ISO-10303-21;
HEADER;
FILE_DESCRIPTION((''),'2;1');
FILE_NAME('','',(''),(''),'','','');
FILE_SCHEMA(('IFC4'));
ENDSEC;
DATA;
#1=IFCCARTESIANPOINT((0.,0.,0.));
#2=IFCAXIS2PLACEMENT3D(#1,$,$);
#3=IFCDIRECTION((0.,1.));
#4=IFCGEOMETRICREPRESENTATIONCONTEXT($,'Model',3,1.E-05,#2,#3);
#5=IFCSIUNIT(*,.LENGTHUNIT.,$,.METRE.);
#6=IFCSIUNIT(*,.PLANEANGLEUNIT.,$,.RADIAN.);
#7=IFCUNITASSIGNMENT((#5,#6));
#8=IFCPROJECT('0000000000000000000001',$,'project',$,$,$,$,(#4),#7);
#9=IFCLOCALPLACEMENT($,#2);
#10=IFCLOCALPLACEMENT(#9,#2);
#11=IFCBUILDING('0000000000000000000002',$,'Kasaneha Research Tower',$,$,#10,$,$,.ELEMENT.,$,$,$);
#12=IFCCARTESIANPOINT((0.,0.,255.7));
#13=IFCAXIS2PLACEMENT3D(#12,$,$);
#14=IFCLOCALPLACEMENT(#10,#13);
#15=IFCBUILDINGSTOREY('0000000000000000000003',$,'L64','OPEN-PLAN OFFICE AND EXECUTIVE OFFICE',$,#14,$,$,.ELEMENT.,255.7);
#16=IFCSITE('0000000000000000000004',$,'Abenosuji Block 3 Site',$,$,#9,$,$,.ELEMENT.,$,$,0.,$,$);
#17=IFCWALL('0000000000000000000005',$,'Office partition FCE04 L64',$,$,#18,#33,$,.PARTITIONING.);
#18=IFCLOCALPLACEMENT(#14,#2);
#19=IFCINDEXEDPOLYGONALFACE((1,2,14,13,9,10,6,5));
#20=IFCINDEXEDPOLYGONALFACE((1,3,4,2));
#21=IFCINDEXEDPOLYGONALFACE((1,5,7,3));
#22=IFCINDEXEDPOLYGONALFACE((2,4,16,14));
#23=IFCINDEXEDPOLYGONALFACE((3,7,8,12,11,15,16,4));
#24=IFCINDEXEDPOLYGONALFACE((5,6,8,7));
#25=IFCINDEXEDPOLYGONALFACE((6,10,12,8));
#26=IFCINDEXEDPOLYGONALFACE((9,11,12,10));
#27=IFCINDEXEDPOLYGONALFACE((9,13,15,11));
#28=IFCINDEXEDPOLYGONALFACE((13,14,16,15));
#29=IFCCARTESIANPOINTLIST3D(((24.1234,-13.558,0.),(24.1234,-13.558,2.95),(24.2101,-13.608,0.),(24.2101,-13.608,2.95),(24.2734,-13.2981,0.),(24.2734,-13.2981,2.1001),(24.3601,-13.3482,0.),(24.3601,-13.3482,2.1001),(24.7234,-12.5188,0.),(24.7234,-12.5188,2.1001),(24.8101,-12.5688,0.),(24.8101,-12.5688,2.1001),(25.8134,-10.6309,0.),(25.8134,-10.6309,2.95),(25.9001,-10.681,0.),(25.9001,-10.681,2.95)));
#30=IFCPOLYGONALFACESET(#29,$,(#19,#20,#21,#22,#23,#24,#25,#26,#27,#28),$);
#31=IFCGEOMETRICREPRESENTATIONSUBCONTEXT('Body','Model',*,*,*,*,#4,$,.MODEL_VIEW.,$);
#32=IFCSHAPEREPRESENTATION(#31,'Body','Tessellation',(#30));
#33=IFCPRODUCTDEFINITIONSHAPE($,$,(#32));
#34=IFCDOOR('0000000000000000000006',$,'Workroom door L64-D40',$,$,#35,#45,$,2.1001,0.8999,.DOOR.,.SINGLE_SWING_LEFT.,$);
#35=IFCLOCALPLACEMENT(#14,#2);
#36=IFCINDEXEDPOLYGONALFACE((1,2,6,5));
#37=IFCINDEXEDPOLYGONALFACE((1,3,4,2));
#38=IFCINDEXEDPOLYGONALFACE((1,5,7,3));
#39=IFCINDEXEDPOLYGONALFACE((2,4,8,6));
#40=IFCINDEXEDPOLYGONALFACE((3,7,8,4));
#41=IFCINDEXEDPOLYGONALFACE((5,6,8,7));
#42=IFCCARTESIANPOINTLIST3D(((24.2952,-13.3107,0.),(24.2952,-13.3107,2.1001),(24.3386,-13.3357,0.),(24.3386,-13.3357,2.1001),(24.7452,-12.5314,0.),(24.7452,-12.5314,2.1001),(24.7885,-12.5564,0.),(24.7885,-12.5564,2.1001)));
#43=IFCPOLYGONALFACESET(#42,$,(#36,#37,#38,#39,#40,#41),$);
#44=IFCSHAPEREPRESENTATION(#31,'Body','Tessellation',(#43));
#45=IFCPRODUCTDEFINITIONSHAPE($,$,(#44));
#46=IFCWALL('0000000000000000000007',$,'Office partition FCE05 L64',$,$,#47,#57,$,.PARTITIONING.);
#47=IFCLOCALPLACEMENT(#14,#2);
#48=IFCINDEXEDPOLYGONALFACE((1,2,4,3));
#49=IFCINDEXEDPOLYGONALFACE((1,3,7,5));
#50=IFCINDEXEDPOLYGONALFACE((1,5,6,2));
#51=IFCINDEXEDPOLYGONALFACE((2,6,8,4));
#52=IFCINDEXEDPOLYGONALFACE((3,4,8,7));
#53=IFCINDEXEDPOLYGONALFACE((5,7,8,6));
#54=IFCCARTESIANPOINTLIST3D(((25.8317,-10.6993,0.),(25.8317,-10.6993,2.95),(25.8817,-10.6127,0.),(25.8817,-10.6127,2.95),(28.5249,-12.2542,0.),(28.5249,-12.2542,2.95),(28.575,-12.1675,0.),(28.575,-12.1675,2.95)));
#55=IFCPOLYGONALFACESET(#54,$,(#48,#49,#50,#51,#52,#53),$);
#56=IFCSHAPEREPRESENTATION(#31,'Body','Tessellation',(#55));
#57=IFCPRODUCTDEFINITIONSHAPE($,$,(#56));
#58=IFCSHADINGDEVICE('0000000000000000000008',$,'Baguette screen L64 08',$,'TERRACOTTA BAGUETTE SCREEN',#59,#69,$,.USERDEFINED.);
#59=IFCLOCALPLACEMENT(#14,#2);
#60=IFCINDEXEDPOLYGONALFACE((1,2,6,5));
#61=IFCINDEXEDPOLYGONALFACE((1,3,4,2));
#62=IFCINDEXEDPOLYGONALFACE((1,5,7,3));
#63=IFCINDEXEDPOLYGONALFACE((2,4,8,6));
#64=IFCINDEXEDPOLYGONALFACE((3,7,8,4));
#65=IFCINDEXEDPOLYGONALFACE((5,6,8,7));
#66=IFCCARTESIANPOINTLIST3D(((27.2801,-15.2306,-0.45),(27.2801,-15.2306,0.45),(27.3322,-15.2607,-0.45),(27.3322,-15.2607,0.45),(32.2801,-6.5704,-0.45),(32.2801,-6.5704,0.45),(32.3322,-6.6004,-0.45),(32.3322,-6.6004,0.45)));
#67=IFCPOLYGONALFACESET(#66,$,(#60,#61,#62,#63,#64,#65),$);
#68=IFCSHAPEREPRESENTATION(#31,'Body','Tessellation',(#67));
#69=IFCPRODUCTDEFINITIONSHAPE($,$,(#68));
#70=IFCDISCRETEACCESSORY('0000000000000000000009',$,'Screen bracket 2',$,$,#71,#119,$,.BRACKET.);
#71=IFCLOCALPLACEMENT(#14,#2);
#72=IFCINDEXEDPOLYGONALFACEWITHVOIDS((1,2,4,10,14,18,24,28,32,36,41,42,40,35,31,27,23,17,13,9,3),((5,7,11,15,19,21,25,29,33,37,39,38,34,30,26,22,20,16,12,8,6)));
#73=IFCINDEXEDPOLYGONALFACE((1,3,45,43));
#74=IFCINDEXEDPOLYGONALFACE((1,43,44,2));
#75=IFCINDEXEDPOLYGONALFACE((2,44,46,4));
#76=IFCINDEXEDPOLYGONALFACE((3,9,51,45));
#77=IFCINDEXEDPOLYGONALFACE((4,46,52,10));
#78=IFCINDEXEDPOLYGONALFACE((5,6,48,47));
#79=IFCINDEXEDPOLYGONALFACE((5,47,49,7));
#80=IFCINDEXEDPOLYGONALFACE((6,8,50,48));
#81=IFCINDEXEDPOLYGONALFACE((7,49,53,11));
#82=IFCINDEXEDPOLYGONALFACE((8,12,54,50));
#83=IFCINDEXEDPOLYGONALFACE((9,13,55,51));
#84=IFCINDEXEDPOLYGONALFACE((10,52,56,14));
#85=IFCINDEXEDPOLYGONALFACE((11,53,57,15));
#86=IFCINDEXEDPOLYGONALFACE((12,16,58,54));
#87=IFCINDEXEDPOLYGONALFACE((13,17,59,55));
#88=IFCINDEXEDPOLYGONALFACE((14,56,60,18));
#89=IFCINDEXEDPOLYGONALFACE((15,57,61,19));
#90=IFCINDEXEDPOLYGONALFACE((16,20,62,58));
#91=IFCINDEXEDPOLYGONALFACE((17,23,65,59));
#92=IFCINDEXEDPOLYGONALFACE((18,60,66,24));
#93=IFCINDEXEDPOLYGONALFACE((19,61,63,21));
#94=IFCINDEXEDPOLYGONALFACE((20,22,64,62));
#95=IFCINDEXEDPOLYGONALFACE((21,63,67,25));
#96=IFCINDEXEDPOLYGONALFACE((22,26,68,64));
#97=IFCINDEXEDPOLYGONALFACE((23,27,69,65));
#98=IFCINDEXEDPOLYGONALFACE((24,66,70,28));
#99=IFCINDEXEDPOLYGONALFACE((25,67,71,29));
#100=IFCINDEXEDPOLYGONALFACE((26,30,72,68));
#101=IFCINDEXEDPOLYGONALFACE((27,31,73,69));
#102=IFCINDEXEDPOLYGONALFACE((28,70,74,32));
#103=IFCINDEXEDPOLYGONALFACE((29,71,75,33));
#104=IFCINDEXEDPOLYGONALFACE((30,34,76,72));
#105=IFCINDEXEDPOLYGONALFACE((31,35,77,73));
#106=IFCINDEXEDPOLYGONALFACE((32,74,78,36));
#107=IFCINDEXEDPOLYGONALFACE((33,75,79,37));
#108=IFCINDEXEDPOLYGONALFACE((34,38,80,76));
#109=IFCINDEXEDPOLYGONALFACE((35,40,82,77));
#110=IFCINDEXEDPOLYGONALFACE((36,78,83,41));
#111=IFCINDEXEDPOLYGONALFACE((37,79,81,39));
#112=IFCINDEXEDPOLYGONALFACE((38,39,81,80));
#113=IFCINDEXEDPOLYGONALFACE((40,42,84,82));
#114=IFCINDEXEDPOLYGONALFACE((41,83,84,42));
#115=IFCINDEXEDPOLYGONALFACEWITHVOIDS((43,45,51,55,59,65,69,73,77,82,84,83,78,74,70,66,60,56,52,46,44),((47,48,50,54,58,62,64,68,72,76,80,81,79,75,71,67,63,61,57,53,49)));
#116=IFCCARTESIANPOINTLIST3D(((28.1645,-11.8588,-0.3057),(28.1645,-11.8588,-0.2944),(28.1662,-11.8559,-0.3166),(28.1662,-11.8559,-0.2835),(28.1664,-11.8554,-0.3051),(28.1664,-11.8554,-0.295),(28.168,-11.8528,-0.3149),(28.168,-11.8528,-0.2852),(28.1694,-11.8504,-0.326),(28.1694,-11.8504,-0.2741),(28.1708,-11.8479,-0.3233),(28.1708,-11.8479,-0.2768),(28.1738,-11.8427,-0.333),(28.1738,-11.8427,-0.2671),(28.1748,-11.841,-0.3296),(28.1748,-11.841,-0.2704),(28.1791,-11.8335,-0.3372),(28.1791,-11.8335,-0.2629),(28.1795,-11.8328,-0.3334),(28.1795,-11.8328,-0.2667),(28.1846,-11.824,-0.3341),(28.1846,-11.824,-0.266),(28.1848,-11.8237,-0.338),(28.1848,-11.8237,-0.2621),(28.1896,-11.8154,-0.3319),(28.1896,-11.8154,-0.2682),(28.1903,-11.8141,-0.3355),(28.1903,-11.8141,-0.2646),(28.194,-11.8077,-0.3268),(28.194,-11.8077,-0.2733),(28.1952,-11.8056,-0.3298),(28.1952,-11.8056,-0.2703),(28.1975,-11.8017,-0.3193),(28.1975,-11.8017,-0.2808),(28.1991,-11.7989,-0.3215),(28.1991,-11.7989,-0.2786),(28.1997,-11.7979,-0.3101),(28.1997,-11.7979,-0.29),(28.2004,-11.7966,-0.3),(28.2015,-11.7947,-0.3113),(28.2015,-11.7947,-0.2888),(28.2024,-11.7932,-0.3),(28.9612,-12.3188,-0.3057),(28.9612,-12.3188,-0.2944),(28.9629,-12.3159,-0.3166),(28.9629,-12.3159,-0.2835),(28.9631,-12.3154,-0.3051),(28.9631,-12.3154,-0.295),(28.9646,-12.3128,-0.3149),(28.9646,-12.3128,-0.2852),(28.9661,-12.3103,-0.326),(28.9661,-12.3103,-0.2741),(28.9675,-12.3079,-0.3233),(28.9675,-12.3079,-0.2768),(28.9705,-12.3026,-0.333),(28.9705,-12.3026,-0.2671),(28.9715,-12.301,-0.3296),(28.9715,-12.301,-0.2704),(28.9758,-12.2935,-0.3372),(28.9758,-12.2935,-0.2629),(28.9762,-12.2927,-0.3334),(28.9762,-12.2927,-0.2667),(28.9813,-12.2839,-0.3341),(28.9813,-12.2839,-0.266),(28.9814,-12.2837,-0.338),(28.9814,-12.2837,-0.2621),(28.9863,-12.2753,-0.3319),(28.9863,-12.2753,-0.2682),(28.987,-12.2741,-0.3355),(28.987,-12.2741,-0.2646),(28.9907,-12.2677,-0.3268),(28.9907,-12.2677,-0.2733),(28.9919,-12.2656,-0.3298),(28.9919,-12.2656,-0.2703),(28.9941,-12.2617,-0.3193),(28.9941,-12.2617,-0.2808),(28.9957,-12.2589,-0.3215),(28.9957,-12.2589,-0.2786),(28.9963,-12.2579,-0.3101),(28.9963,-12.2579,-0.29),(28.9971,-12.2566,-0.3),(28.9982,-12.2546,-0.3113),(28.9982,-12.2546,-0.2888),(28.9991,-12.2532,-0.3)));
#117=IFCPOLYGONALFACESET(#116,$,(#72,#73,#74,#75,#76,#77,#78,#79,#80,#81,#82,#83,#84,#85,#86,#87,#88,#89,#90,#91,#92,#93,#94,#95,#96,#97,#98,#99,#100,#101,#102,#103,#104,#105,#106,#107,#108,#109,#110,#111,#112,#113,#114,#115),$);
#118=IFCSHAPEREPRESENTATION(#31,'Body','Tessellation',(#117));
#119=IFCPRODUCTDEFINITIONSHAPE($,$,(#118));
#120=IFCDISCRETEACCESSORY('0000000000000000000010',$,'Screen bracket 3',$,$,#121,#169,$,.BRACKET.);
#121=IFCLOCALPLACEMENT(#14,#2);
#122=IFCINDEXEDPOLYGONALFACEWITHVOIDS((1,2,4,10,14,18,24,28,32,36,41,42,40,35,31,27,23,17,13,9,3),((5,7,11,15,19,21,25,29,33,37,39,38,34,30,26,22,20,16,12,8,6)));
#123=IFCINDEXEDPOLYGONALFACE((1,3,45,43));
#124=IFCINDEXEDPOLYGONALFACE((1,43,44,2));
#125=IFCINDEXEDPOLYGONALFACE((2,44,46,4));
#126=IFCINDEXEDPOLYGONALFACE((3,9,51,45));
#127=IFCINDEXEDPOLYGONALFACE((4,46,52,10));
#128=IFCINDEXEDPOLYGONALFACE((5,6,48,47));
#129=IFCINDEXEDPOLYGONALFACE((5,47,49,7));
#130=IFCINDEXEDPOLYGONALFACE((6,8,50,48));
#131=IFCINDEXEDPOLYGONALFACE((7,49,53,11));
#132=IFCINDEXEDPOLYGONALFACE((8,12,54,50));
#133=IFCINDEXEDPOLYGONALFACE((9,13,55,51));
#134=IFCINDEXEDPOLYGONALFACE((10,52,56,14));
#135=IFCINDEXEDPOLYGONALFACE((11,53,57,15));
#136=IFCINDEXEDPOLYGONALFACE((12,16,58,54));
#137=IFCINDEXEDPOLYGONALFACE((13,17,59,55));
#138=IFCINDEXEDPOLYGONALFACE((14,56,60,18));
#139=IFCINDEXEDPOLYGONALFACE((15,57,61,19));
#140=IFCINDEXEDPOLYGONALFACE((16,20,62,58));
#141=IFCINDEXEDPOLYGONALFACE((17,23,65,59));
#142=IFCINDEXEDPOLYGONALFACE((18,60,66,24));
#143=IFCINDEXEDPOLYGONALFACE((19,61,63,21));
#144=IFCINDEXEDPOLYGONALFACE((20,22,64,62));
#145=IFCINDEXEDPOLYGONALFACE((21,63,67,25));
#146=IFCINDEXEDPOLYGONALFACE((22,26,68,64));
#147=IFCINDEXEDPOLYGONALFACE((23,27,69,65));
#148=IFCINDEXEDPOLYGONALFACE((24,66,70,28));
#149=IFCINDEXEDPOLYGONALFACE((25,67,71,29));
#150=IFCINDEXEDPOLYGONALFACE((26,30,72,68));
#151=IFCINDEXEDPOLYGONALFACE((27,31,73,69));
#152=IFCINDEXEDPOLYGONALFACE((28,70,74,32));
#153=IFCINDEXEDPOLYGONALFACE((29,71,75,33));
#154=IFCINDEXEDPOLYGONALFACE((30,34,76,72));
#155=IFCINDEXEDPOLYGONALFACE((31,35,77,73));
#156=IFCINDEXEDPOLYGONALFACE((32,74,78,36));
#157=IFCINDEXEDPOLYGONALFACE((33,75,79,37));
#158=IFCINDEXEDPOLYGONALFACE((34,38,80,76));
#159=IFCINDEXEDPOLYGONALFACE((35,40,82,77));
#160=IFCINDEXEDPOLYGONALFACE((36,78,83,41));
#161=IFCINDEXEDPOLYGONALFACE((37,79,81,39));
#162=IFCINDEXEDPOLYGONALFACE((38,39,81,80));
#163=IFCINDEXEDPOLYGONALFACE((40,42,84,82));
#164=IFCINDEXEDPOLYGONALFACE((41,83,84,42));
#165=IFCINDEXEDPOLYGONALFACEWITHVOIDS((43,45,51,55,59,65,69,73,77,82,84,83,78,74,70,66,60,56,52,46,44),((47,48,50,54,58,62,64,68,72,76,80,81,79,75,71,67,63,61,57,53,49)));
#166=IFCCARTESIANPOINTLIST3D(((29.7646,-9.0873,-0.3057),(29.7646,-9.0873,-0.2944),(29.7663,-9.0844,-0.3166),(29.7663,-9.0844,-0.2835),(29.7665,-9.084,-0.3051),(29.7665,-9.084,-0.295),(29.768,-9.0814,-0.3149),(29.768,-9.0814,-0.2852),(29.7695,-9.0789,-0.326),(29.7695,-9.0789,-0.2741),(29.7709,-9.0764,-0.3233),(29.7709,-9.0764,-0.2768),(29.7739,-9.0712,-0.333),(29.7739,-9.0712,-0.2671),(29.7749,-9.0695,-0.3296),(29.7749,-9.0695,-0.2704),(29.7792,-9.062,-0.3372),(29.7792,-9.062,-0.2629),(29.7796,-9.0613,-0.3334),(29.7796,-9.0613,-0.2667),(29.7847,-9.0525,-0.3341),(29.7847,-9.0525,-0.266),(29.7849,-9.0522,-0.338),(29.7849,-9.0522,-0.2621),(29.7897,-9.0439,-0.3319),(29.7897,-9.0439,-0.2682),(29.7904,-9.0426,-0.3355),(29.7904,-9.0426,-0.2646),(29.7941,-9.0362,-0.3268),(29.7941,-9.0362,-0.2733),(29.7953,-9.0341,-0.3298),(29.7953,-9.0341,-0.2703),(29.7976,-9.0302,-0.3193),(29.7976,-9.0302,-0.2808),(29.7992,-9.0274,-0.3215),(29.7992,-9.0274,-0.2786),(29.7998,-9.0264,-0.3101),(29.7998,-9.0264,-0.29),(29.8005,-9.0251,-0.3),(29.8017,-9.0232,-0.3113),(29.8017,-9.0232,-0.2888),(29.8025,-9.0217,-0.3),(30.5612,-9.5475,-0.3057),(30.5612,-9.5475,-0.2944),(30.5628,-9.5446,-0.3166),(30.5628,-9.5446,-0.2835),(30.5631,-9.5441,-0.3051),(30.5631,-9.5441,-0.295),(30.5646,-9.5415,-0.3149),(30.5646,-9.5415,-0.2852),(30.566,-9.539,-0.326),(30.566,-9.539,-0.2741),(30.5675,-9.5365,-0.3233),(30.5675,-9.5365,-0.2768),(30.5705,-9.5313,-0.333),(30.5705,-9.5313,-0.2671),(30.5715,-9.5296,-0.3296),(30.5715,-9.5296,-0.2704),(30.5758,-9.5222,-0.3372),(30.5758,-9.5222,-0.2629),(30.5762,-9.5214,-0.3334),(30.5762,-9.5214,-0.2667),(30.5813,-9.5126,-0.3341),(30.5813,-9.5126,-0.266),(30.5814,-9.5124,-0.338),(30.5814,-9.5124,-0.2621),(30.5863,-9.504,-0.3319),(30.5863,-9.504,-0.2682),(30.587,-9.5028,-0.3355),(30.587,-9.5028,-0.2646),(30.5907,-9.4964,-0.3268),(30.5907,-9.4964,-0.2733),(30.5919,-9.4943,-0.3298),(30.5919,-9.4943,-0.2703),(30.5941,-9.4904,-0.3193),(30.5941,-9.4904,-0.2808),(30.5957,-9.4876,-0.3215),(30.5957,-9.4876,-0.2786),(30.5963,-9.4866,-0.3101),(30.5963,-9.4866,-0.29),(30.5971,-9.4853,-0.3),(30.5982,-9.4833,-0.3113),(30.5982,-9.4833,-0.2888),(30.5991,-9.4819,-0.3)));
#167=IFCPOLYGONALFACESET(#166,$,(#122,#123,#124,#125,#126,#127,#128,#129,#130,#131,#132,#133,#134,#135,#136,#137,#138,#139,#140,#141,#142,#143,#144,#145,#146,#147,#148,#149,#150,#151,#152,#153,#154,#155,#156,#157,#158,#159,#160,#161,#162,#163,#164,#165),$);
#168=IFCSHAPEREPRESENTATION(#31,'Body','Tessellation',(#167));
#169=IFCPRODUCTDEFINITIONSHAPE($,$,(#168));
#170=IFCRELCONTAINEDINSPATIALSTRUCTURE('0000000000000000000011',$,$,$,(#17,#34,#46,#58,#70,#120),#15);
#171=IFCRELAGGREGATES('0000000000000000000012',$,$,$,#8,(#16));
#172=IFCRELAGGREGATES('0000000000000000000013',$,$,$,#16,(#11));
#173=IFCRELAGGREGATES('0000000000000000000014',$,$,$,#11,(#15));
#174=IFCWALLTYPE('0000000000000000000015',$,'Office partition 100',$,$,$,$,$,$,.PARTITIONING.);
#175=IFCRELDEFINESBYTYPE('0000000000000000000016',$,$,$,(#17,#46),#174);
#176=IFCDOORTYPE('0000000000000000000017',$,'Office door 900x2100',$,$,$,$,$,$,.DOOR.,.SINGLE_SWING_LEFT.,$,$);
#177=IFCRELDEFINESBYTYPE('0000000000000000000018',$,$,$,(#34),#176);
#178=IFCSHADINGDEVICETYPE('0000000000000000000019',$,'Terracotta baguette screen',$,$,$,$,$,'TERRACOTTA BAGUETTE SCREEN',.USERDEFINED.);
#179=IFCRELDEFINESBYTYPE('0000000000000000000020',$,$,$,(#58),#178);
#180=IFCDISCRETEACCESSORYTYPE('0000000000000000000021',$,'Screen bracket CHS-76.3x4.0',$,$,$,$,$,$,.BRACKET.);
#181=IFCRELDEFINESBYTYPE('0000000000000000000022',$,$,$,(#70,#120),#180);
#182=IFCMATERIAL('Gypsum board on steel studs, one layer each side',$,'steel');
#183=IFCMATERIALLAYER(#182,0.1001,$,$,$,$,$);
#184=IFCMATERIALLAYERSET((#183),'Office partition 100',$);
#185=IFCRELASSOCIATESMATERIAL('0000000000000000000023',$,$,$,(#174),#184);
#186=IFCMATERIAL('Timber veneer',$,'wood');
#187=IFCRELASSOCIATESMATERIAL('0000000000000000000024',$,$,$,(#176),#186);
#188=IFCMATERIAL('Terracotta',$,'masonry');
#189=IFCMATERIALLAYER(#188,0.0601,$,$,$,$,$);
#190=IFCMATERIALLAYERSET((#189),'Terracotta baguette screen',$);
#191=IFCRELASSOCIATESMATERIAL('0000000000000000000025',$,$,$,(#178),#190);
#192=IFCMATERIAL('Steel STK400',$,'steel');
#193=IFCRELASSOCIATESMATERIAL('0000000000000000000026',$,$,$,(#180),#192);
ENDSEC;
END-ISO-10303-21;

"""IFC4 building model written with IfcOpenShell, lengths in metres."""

from ifc_helpers import new_model, si_unit, direction, frame, frame_2d, origin, origin_2d, place, context, subcontext, project, spatial, rectangle, hollow_circle, extrude, material, layer, layer_set, material_profile, profile_set, type_object, element, fill, save


model = new_model("IFC4")

# Units and contexts
model_context = context("Model", 3, precision=1e-05, world=origin(), true_north=direction((0.0, 1.0)))
body_context = subcontext(model_context, "Body", "Model", "MODEL_VIEW")
ifc_project = project(units=[si_unit("LENGTHUNIT", "METRE"), si_unit("PLANEANGLEUNIT", "RADIAN")], contexts=[model_context])

# Site, building, storey
site_placement = place(None, origin())
site = spatial("IfcSite", under=ifc_project, at=site_placement, Name="Abenosuji Block 3 Site", CompositionType="ELEMENT", RefElevation=0.0)
building_placement = place(site_placement, origin())
building = spatial("IfcBuilding", under=site, at=building_placement, Name="Kasaneha Research Tower", CompositionType="ELEMENT")
storey_placement = place(building_placement, frame((0.0, 0.0, 255.7)))
storey = spatial("IfcBuildingStorey", under=building, at=storey_placement, Name="L64", Description="OPEN-PLAN OFFICE AND EXECUTIVE OFFICE", CompositionType="ELEMENT", Elevation=255.7)

# Shared definitions
ifc_material_1 = material(Name="Gypsum board on steel studs, one layer each side", Category="steel")
ifc_layer_1 = layer(ifc_material_1, 0.1001)
ifc_layer_set_1 = layer_set([ifc_layer_1], Name="Office partition 100")
wall_type = type_object("IfcWallType", Name="Office partition 100", PredefinedType="PARTITIONING", material=ifc_layer_set_1)

# Shared definitions
ifc_material_2 = material(Name="Timber veneer", Category="wood")
door_type = type_object("IfcDoorType", Name="Office door 900x2100", OperationType="SINGLE_SWING_LEFT", PredefinedType="DOOR", material=ifc_material_2)

# Wall, opening, door
wall_1_placement = place(storey_placement, frame((24.1667, -13.583, 0.0), z_axis=(0.0, 0.0, 1.0), x_axis=(0.500008, 0.866021, 0.0)))
wall_1 = element("IfcWall", 1, at=wall_1_placement, inside=storey, type_object=wall_type, Name="Office partition FCE04 L64", PredefinedType="PARTITIONING", context=body_context, shape_type="SweptSolid", body=[
    extrude(rectangle(XDim=3.3799, YDim=0.1001, at=frame_2d((1.6899, 0.0))), origin(), (0.0, 0.0, 1.0), 2.95),
])
opening_1_placement = place(wall_1_placement, frame((0.3, 0.0, 0.0)))
opening_1 = element("IfcOpeningElement", 2, at=opening_1_placement, cuts=wall_1, PredefinedType="OPENING", context=body_context, shape_type="SweptSolid", body=[
    extrude(rectangle(XDim=0.8999, YDim=2.1001, at=frame_2d((0.45, 1.05))), frame((0.0, 0.0601, 0.0), z_axis=(0.0, -1.0, 0.0), x_axis=(1.0, 0.0, 0.0)), (0.0, 0.0, 1.0), 0.1201),
])
door_1_placement = place(opening_1_placement, origin())
door_1 = element("IfcDoor", 3, at=door_1_placement, inside=storey, type_object=door_type, Name="Workroom door L64-D40", OperationType="SINGLE_SWING_LEFT", OverallHeight=2.1001, OverallWidth=0.8999, PredefinedType="DOOR", context=body_context, shape_type="SweptSolid", body=[
    extrude(rectangle(XDim=0.8999, YDim=2.1001, at=frame_2d((0.45, 1.05))), frame((0.0, 0.0249, 0.0), z_axis=(0.0, -1.0, 0.0), x_axis=(1.0, 0.0, 0.0)), (0.0, 0.0, 1.0), 0.05),
])
fill(opening_1, door_1)

# Wall
wall_2_placement = place(storey_placement, frame((25.8567, -10.656, 0.0), z_axis=(0.0, 0.0, 1.0), x_axis=(0.866037, -0.499981, 0.0)))
element("IfcWall", 4, at=wall_2_placement, inside=storey, type_object=wall_type, Name="Office partition FCE05 L64", PredefinedType="PARTITIONING", context=body_context, shape_type="SweptSolid", body=[
    extrude(rectangle(XDim=3.1099, YDim=0.1001, at=frame_2d((1.5549, 0.0))), origin(), (0.0, 0.0, 1.0), 2.95),
])

# Shading device
ifc_material_3 = material(Name="Terracotta", Category="masonry")
ifc_layer_2 = layer(ifc_material_3, 0.0601)
ifc_layer_set_2 = layer_set([ifc_layer_2], Name="Terracotta baguette screen")
shading_device_type = type_object("IfcShadingDeviceType", Name="Terracotta baguette screen", ElementType="TERRACOTTA BAGUETTE SCREEN", PredefinedType="USERDEFINED", material=ifc_layer_set_2)
shading_device_placement = place(storey_placement, frame((29.8062, -10.9155, -0.45), z_axis=(0.0, 0.0, 1.0), x_axis=(0.5, 0.866025, 0.0)))
element("IfcShadingDevice", 5, at=shading_device_placement, inside=storey, type_object=shading_device_type, Name="Baguette screen L64 08", ObjectType="TERRACOTTA BAGUETTE SCREEN", PredefinedType="USERDEFINED", context=body_context, shape_type="SweptSolid", body=[
    extrude(rectangle(XDim=10.0, YDim=0.0601, at=origin_2d()), origin(), (0.0, 0.0, 1.0), 0.8999),
])

# Discrete accessories
ifc_material_4 = material(Name="Steel STK400", Category="steel")
ifc_material_profile_1 = material_profile(ifc_material_4, hollow_circle(Radius=0.0381, WallThickness=0.0039, at=origin_2d()), Name="CHS-76.3x4.0")
ifc_profile_set_1 = profile_set([ifc_material_profile_1], Name="Steel STK400")
discrete_accessory_type = type_object("IfcDiscreteAccessoryType", Name="Screen bracket CHS-76.3x4.0", PredefinedType="BRACKET", material=ifc_profile_set_1)
for number, where, z_axis, x_axis, name in (
    (6, (28.1833, -11.8262, -0.3), (0.866013, -0.500021, 0.0), (0.500021, 0.866013, 0.0), "Screen bracket 2"),
    (7, (29.7834, -9.0547, -0.3), (0.865898, -0.50022, 0.0), (0.50022, 0.865898, 0.0), "Screen bracket 3"),
):
    element("IfcDiscreteAccessory", number, at=place(storey_placement, frame(where, z_axis=z_axis, x_axis=x_axis)), inside=storey, type_object=discrete_accessory_type, Name=name, PredefinedType="BRACKET", context=body_context, shape_type="SweptSolid", body=[
        extrude(hollow_circle(Radius=0.0381, WallThickness=0.0039, at=origin_2d()), origin(), (0.0, 0.0, 1.0), 0.9199),
    ])

save(model, "model.ifc")
